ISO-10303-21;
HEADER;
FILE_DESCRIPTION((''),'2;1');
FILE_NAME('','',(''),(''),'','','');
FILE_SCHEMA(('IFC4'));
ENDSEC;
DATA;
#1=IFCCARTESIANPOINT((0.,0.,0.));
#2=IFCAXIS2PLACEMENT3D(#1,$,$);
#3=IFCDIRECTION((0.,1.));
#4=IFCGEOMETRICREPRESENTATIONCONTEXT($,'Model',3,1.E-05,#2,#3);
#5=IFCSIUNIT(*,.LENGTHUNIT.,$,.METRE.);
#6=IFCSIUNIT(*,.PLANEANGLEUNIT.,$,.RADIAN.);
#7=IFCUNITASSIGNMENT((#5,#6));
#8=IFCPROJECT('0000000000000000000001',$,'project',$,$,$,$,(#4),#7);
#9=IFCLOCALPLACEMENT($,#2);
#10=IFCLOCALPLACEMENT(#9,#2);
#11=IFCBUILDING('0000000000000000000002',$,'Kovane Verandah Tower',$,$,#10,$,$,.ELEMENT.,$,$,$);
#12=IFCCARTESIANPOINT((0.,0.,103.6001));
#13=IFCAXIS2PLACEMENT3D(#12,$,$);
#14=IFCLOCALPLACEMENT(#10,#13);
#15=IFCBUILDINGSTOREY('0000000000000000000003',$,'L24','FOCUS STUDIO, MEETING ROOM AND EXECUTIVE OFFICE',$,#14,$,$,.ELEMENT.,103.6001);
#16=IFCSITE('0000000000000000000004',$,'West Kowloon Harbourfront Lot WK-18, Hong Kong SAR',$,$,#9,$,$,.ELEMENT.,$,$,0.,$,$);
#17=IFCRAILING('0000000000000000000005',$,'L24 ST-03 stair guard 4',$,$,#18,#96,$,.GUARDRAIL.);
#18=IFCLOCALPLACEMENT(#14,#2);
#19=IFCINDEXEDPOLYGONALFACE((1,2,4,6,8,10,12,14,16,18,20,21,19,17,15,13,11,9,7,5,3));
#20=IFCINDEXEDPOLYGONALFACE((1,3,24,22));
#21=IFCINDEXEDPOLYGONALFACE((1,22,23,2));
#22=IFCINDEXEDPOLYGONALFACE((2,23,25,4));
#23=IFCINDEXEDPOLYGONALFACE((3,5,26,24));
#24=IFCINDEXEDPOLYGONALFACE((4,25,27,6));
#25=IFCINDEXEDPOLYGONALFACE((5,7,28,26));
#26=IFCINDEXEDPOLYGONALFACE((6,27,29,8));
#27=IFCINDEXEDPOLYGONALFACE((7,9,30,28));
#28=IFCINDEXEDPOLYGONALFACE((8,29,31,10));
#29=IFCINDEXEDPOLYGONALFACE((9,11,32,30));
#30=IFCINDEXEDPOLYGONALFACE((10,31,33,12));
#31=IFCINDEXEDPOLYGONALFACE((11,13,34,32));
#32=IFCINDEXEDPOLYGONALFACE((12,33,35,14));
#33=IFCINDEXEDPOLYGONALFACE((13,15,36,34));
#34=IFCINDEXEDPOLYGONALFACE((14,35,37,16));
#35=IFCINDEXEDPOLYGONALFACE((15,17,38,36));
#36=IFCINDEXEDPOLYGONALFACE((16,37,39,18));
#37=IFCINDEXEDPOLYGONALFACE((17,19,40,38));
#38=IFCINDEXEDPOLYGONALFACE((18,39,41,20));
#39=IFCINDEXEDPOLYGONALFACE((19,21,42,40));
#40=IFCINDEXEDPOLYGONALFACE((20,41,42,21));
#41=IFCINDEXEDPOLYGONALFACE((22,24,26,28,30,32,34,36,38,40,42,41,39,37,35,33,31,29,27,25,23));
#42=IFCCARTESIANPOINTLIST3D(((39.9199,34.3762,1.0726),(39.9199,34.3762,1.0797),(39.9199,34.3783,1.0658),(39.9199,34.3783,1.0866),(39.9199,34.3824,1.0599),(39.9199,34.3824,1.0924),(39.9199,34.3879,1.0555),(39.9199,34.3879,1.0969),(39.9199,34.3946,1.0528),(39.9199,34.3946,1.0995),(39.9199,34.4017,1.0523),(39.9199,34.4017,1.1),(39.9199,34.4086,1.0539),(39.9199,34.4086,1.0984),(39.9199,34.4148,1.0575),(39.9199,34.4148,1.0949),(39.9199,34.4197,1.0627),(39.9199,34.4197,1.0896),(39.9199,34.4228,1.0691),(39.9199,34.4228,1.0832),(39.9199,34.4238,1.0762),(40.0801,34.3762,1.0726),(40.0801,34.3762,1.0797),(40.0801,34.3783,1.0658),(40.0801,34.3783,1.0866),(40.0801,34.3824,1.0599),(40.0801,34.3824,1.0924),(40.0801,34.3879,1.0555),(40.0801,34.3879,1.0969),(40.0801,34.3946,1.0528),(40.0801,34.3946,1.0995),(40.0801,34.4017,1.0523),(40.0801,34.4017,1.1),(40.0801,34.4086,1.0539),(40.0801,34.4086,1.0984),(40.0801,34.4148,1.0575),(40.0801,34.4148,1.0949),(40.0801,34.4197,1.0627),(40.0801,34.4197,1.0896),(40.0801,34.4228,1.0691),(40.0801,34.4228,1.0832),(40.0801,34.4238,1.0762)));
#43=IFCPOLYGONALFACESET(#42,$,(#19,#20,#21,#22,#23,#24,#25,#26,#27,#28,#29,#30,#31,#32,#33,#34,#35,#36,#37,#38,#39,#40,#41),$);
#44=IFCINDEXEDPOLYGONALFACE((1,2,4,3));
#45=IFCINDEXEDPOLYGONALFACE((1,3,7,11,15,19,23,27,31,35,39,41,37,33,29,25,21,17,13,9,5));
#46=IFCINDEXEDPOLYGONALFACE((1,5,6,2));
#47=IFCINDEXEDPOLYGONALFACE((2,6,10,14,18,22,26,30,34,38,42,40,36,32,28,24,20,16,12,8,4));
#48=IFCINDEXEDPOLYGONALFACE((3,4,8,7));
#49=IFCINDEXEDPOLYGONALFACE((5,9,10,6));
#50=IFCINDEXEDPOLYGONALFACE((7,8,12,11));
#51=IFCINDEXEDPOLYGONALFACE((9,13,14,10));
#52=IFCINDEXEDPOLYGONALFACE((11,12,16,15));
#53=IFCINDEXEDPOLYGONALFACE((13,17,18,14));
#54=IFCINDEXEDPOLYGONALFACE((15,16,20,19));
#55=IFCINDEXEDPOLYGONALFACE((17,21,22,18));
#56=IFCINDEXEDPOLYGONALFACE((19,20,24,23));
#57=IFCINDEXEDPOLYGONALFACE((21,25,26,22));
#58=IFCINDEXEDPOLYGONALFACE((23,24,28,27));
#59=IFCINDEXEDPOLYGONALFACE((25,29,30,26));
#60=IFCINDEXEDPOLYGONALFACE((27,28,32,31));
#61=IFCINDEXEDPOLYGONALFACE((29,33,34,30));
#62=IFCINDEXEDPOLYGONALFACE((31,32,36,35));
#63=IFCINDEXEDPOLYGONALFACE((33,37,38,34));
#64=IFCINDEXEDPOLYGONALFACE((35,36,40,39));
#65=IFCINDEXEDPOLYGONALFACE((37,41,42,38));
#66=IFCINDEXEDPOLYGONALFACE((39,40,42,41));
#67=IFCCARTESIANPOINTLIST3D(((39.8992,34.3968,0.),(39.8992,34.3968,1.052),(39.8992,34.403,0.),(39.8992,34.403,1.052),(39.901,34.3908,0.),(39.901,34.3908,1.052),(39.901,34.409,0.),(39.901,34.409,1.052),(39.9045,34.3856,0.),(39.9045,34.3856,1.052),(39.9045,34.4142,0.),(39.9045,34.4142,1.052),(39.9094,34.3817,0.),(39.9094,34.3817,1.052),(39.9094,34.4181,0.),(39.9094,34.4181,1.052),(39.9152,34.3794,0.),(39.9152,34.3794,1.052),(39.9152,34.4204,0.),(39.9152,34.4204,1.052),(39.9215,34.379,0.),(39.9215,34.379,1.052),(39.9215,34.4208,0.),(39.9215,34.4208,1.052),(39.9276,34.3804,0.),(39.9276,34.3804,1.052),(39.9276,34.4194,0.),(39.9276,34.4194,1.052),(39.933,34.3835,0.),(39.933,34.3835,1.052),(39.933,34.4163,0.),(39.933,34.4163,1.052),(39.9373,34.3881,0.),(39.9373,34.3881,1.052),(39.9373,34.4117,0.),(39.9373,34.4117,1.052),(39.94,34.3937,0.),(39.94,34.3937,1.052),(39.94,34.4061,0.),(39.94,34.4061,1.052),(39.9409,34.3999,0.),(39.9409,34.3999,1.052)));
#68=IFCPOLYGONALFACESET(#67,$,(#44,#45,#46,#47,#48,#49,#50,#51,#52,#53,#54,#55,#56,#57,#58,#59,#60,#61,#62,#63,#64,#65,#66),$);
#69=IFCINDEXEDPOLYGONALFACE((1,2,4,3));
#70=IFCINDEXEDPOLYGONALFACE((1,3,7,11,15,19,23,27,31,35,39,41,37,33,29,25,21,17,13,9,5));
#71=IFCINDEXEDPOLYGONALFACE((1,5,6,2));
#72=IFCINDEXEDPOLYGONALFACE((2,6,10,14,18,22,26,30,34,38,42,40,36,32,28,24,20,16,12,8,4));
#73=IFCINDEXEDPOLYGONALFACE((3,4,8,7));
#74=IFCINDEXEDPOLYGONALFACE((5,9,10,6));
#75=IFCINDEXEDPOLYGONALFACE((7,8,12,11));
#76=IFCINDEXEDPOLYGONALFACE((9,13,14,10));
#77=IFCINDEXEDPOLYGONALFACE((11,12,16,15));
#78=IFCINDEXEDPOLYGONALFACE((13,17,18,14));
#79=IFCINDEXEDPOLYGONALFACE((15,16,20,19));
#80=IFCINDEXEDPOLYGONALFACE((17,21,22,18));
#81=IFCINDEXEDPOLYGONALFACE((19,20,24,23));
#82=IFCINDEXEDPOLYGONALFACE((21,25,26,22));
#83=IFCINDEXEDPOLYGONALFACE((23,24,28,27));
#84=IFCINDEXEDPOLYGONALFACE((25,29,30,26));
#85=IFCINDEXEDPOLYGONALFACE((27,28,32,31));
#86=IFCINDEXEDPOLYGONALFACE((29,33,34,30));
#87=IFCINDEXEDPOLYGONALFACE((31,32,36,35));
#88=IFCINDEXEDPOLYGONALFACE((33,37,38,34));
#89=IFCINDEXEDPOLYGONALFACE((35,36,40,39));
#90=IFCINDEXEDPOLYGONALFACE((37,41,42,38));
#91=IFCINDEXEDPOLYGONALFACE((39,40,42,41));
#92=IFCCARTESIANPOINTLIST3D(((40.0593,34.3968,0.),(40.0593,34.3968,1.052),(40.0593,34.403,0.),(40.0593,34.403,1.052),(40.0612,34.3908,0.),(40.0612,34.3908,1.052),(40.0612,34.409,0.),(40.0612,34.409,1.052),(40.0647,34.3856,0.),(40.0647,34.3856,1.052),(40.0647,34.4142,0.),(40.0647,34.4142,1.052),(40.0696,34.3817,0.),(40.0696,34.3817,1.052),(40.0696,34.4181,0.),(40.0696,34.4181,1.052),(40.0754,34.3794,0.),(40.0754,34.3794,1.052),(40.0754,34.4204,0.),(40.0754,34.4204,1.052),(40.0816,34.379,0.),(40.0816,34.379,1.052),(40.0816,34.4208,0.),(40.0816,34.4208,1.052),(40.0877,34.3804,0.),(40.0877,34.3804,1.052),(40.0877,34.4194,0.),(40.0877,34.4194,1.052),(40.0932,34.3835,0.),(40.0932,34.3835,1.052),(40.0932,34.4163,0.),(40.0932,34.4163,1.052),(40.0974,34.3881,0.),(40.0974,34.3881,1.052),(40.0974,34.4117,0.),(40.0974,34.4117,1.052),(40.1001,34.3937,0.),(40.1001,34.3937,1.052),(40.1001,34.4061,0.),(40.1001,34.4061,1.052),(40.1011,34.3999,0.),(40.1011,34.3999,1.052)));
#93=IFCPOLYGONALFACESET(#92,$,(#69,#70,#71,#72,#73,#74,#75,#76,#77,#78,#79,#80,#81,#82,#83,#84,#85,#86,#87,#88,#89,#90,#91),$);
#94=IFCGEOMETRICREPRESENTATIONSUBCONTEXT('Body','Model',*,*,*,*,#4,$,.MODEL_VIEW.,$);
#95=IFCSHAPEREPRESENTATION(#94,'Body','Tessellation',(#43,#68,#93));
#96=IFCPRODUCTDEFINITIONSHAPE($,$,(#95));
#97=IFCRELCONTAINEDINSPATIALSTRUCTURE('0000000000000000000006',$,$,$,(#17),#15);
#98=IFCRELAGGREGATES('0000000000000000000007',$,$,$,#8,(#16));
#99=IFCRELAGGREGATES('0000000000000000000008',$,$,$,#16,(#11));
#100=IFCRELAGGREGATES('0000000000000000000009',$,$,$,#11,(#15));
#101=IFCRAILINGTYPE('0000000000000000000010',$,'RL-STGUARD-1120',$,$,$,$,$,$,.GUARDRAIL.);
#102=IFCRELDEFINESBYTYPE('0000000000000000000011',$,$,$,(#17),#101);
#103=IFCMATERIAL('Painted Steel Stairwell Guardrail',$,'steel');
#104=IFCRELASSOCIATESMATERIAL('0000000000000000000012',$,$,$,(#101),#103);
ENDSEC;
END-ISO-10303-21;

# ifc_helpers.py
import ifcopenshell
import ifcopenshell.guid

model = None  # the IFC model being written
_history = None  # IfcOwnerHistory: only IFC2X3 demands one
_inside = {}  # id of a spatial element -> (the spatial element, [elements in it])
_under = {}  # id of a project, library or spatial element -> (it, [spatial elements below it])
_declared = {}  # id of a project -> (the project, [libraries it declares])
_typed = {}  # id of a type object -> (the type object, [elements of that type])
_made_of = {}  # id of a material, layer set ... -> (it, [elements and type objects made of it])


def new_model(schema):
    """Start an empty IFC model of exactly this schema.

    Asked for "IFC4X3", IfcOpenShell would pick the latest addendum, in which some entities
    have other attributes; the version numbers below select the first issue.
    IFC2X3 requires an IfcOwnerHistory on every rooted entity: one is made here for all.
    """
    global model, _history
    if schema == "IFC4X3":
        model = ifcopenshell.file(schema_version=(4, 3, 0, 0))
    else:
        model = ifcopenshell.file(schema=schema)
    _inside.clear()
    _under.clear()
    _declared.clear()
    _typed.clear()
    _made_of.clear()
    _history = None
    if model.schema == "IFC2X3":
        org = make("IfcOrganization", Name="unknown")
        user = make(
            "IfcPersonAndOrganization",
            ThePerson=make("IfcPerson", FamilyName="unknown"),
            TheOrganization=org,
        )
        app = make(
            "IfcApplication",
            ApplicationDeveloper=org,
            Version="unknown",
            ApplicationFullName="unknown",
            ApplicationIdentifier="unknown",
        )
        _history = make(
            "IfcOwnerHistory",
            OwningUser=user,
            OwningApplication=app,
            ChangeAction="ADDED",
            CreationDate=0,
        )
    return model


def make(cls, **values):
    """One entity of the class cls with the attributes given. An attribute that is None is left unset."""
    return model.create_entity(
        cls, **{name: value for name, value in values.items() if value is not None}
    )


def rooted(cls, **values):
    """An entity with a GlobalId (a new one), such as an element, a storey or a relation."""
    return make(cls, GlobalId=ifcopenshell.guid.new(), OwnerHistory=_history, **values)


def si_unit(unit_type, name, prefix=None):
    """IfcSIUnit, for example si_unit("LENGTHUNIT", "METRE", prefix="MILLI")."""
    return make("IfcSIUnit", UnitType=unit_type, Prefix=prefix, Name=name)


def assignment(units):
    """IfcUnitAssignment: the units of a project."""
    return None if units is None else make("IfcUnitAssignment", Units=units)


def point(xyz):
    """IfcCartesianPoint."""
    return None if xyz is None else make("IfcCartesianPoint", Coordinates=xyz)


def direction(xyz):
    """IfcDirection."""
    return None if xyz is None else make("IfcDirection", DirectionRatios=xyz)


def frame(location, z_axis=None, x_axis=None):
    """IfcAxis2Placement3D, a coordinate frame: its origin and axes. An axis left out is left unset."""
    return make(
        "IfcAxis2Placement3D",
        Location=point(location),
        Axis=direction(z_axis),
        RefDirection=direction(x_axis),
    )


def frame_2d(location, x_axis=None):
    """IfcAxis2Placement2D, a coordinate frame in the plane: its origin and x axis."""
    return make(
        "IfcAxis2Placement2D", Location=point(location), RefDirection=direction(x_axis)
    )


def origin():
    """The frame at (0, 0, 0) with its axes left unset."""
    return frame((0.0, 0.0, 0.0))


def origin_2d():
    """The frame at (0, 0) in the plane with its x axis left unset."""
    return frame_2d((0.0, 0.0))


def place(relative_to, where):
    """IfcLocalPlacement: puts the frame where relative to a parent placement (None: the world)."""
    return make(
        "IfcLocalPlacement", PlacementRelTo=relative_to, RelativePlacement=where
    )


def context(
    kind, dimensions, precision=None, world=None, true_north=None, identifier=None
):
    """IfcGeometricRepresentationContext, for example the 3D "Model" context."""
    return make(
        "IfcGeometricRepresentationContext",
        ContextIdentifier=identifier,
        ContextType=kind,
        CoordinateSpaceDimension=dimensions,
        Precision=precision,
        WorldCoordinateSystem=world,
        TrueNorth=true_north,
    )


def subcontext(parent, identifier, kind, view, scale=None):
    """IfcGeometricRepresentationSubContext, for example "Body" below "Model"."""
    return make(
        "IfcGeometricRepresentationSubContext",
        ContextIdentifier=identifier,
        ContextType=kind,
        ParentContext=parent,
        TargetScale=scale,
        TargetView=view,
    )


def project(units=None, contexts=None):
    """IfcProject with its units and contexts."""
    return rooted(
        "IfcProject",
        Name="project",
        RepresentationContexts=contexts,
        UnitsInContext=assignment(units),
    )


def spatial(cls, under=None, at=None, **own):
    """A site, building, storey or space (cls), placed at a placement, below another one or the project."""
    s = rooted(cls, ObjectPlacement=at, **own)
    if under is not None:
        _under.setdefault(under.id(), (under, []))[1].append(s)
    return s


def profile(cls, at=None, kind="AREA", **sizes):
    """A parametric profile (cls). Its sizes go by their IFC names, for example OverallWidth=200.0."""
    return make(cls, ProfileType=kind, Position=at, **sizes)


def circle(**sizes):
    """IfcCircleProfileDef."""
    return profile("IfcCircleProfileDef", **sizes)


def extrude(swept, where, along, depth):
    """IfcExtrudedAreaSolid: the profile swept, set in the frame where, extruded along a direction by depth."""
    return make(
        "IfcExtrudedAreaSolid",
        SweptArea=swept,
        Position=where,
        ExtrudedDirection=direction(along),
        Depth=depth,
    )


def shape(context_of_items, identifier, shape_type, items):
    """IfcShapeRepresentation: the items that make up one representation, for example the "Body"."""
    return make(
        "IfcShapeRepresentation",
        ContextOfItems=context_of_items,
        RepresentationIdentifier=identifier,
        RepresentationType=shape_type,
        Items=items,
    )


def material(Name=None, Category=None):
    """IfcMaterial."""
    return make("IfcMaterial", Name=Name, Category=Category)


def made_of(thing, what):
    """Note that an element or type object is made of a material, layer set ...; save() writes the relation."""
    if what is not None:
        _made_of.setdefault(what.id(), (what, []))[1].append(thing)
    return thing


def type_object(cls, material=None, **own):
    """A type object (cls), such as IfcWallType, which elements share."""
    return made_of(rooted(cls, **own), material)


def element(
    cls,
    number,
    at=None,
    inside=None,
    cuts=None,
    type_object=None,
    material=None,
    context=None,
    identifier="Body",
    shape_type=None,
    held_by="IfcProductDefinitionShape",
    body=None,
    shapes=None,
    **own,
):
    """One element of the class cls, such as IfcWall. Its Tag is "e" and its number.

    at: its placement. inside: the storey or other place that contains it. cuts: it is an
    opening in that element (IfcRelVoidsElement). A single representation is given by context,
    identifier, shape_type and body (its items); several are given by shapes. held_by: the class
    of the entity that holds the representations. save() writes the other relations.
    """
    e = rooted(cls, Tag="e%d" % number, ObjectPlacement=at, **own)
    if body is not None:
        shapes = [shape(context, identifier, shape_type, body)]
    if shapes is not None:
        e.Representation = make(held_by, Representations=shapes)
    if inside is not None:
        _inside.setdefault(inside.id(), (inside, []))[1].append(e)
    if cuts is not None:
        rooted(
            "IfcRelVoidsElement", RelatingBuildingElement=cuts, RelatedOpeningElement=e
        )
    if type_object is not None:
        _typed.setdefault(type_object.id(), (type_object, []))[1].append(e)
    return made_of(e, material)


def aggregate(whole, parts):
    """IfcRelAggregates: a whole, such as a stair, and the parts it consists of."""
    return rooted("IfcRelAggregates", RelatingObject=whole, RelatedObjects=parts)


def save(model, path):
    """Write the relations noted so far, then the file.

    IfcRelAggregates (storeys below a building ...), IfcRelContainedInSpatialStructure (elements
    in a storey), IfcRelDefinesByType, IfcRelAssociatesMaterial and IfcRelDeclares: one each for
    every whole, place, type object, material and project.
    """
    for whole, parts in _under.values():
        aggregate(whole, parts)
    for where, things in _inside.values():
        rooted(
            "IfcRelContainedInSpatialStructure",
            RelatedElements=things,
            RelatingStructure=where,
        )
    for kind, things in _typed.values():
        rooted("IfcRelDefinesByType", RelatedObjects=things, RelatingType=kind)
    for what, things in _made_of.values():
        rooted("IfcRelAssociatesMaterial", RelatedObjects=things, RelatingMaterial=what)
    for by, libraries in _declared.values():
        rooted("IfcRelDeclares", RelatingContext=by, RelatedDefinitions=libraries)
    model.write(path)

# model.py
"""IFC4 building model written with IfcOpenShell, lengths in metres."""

from ifc_helpers import new_model, si_unit, direction, frame, origin, origin_2d, place, context, subcontext, project, spatial, circle, extrude, material, type_object, element, save


model = new_model("IFC4")

# Units and contexts
model_context = context("Model", 3, precision=1e-05, world=origin(), true_north=direction((0.0, 1.0)))
body_context = subcontext(model_context, "Body", "Model", "MODEL_VIEW")
ifc_project = project(units=[si_unit("LENGTHUNIT", "METRE"), si_unit("PLANEANGLEUNIT", "RADIAN")], contexts=[model_context])

# Site, building, storey
site_placement = place(None, origin())
site = spatial("IfcSite", under=ifc_project, at=site_placement, Name="West Kowloon Harbourfront Lot WK-18, Hong Kong SAR", CompositionType="ELEMENT", RefElevation=0.0)
building_placement = place(site_placement, origin())
building = spatial("IfcBuilding", under=site, at=building_placement, Name="Kovane Verandah Tower", CompositionType="ELEMENT")
storey_placement = place(building_placement, frame((0.0, 0.0, 103.6001)))
storey = spatial("IfcBuildingStorey", under=building, at=storey_placement, Name="L24", Description="FOCUS STUDIO, MEETING ROOM AND EXECUTIVE OFFICE", CompositionType="ELEMENT", Elevation=103.6001)

# Railing
ifc_material_1 = material(Name="Painted Steel Stairwell Guardrail", Category="steel")
railing_type = type_object("IfcRailingType", Name="RL-STGUARD-1120", PredefinedType="GUARDRAIL", material=ifc_material_1)
railing_placement = place(storey_placement, frame((39.9199, 34.3999, 0.0)))
element("IfcRailing", 1, at=railing_placement, inside=storey, type_object=railing_type, Name="L24 ST-03 stair guard 4", PredefinedType="GUARDRAIL", context=body_context, shape_type="SweptSolid", body=[
    extrude(circle(Radius=0.0239, at=origin_2d()), frame((0.0, 0.0, 1.0762), z_axis=(1.0, 0.0, 0.0), x_axis=(0.0, 1.0, 0.0)), (0.0, 0.0, 1.0), 0.1602),
    extrude(circle(Radius=0.021, at=origin_2d()), origin(), (0.0, 0.0, 1.0), 1.052),
    extrude(circle(Radius=0.021, at=origin_2d()), frame((0.1602, 0.0, 0.0)), (0.0, 0.0, 1.0), 1.052),
])

save(model, "model.ifc")
